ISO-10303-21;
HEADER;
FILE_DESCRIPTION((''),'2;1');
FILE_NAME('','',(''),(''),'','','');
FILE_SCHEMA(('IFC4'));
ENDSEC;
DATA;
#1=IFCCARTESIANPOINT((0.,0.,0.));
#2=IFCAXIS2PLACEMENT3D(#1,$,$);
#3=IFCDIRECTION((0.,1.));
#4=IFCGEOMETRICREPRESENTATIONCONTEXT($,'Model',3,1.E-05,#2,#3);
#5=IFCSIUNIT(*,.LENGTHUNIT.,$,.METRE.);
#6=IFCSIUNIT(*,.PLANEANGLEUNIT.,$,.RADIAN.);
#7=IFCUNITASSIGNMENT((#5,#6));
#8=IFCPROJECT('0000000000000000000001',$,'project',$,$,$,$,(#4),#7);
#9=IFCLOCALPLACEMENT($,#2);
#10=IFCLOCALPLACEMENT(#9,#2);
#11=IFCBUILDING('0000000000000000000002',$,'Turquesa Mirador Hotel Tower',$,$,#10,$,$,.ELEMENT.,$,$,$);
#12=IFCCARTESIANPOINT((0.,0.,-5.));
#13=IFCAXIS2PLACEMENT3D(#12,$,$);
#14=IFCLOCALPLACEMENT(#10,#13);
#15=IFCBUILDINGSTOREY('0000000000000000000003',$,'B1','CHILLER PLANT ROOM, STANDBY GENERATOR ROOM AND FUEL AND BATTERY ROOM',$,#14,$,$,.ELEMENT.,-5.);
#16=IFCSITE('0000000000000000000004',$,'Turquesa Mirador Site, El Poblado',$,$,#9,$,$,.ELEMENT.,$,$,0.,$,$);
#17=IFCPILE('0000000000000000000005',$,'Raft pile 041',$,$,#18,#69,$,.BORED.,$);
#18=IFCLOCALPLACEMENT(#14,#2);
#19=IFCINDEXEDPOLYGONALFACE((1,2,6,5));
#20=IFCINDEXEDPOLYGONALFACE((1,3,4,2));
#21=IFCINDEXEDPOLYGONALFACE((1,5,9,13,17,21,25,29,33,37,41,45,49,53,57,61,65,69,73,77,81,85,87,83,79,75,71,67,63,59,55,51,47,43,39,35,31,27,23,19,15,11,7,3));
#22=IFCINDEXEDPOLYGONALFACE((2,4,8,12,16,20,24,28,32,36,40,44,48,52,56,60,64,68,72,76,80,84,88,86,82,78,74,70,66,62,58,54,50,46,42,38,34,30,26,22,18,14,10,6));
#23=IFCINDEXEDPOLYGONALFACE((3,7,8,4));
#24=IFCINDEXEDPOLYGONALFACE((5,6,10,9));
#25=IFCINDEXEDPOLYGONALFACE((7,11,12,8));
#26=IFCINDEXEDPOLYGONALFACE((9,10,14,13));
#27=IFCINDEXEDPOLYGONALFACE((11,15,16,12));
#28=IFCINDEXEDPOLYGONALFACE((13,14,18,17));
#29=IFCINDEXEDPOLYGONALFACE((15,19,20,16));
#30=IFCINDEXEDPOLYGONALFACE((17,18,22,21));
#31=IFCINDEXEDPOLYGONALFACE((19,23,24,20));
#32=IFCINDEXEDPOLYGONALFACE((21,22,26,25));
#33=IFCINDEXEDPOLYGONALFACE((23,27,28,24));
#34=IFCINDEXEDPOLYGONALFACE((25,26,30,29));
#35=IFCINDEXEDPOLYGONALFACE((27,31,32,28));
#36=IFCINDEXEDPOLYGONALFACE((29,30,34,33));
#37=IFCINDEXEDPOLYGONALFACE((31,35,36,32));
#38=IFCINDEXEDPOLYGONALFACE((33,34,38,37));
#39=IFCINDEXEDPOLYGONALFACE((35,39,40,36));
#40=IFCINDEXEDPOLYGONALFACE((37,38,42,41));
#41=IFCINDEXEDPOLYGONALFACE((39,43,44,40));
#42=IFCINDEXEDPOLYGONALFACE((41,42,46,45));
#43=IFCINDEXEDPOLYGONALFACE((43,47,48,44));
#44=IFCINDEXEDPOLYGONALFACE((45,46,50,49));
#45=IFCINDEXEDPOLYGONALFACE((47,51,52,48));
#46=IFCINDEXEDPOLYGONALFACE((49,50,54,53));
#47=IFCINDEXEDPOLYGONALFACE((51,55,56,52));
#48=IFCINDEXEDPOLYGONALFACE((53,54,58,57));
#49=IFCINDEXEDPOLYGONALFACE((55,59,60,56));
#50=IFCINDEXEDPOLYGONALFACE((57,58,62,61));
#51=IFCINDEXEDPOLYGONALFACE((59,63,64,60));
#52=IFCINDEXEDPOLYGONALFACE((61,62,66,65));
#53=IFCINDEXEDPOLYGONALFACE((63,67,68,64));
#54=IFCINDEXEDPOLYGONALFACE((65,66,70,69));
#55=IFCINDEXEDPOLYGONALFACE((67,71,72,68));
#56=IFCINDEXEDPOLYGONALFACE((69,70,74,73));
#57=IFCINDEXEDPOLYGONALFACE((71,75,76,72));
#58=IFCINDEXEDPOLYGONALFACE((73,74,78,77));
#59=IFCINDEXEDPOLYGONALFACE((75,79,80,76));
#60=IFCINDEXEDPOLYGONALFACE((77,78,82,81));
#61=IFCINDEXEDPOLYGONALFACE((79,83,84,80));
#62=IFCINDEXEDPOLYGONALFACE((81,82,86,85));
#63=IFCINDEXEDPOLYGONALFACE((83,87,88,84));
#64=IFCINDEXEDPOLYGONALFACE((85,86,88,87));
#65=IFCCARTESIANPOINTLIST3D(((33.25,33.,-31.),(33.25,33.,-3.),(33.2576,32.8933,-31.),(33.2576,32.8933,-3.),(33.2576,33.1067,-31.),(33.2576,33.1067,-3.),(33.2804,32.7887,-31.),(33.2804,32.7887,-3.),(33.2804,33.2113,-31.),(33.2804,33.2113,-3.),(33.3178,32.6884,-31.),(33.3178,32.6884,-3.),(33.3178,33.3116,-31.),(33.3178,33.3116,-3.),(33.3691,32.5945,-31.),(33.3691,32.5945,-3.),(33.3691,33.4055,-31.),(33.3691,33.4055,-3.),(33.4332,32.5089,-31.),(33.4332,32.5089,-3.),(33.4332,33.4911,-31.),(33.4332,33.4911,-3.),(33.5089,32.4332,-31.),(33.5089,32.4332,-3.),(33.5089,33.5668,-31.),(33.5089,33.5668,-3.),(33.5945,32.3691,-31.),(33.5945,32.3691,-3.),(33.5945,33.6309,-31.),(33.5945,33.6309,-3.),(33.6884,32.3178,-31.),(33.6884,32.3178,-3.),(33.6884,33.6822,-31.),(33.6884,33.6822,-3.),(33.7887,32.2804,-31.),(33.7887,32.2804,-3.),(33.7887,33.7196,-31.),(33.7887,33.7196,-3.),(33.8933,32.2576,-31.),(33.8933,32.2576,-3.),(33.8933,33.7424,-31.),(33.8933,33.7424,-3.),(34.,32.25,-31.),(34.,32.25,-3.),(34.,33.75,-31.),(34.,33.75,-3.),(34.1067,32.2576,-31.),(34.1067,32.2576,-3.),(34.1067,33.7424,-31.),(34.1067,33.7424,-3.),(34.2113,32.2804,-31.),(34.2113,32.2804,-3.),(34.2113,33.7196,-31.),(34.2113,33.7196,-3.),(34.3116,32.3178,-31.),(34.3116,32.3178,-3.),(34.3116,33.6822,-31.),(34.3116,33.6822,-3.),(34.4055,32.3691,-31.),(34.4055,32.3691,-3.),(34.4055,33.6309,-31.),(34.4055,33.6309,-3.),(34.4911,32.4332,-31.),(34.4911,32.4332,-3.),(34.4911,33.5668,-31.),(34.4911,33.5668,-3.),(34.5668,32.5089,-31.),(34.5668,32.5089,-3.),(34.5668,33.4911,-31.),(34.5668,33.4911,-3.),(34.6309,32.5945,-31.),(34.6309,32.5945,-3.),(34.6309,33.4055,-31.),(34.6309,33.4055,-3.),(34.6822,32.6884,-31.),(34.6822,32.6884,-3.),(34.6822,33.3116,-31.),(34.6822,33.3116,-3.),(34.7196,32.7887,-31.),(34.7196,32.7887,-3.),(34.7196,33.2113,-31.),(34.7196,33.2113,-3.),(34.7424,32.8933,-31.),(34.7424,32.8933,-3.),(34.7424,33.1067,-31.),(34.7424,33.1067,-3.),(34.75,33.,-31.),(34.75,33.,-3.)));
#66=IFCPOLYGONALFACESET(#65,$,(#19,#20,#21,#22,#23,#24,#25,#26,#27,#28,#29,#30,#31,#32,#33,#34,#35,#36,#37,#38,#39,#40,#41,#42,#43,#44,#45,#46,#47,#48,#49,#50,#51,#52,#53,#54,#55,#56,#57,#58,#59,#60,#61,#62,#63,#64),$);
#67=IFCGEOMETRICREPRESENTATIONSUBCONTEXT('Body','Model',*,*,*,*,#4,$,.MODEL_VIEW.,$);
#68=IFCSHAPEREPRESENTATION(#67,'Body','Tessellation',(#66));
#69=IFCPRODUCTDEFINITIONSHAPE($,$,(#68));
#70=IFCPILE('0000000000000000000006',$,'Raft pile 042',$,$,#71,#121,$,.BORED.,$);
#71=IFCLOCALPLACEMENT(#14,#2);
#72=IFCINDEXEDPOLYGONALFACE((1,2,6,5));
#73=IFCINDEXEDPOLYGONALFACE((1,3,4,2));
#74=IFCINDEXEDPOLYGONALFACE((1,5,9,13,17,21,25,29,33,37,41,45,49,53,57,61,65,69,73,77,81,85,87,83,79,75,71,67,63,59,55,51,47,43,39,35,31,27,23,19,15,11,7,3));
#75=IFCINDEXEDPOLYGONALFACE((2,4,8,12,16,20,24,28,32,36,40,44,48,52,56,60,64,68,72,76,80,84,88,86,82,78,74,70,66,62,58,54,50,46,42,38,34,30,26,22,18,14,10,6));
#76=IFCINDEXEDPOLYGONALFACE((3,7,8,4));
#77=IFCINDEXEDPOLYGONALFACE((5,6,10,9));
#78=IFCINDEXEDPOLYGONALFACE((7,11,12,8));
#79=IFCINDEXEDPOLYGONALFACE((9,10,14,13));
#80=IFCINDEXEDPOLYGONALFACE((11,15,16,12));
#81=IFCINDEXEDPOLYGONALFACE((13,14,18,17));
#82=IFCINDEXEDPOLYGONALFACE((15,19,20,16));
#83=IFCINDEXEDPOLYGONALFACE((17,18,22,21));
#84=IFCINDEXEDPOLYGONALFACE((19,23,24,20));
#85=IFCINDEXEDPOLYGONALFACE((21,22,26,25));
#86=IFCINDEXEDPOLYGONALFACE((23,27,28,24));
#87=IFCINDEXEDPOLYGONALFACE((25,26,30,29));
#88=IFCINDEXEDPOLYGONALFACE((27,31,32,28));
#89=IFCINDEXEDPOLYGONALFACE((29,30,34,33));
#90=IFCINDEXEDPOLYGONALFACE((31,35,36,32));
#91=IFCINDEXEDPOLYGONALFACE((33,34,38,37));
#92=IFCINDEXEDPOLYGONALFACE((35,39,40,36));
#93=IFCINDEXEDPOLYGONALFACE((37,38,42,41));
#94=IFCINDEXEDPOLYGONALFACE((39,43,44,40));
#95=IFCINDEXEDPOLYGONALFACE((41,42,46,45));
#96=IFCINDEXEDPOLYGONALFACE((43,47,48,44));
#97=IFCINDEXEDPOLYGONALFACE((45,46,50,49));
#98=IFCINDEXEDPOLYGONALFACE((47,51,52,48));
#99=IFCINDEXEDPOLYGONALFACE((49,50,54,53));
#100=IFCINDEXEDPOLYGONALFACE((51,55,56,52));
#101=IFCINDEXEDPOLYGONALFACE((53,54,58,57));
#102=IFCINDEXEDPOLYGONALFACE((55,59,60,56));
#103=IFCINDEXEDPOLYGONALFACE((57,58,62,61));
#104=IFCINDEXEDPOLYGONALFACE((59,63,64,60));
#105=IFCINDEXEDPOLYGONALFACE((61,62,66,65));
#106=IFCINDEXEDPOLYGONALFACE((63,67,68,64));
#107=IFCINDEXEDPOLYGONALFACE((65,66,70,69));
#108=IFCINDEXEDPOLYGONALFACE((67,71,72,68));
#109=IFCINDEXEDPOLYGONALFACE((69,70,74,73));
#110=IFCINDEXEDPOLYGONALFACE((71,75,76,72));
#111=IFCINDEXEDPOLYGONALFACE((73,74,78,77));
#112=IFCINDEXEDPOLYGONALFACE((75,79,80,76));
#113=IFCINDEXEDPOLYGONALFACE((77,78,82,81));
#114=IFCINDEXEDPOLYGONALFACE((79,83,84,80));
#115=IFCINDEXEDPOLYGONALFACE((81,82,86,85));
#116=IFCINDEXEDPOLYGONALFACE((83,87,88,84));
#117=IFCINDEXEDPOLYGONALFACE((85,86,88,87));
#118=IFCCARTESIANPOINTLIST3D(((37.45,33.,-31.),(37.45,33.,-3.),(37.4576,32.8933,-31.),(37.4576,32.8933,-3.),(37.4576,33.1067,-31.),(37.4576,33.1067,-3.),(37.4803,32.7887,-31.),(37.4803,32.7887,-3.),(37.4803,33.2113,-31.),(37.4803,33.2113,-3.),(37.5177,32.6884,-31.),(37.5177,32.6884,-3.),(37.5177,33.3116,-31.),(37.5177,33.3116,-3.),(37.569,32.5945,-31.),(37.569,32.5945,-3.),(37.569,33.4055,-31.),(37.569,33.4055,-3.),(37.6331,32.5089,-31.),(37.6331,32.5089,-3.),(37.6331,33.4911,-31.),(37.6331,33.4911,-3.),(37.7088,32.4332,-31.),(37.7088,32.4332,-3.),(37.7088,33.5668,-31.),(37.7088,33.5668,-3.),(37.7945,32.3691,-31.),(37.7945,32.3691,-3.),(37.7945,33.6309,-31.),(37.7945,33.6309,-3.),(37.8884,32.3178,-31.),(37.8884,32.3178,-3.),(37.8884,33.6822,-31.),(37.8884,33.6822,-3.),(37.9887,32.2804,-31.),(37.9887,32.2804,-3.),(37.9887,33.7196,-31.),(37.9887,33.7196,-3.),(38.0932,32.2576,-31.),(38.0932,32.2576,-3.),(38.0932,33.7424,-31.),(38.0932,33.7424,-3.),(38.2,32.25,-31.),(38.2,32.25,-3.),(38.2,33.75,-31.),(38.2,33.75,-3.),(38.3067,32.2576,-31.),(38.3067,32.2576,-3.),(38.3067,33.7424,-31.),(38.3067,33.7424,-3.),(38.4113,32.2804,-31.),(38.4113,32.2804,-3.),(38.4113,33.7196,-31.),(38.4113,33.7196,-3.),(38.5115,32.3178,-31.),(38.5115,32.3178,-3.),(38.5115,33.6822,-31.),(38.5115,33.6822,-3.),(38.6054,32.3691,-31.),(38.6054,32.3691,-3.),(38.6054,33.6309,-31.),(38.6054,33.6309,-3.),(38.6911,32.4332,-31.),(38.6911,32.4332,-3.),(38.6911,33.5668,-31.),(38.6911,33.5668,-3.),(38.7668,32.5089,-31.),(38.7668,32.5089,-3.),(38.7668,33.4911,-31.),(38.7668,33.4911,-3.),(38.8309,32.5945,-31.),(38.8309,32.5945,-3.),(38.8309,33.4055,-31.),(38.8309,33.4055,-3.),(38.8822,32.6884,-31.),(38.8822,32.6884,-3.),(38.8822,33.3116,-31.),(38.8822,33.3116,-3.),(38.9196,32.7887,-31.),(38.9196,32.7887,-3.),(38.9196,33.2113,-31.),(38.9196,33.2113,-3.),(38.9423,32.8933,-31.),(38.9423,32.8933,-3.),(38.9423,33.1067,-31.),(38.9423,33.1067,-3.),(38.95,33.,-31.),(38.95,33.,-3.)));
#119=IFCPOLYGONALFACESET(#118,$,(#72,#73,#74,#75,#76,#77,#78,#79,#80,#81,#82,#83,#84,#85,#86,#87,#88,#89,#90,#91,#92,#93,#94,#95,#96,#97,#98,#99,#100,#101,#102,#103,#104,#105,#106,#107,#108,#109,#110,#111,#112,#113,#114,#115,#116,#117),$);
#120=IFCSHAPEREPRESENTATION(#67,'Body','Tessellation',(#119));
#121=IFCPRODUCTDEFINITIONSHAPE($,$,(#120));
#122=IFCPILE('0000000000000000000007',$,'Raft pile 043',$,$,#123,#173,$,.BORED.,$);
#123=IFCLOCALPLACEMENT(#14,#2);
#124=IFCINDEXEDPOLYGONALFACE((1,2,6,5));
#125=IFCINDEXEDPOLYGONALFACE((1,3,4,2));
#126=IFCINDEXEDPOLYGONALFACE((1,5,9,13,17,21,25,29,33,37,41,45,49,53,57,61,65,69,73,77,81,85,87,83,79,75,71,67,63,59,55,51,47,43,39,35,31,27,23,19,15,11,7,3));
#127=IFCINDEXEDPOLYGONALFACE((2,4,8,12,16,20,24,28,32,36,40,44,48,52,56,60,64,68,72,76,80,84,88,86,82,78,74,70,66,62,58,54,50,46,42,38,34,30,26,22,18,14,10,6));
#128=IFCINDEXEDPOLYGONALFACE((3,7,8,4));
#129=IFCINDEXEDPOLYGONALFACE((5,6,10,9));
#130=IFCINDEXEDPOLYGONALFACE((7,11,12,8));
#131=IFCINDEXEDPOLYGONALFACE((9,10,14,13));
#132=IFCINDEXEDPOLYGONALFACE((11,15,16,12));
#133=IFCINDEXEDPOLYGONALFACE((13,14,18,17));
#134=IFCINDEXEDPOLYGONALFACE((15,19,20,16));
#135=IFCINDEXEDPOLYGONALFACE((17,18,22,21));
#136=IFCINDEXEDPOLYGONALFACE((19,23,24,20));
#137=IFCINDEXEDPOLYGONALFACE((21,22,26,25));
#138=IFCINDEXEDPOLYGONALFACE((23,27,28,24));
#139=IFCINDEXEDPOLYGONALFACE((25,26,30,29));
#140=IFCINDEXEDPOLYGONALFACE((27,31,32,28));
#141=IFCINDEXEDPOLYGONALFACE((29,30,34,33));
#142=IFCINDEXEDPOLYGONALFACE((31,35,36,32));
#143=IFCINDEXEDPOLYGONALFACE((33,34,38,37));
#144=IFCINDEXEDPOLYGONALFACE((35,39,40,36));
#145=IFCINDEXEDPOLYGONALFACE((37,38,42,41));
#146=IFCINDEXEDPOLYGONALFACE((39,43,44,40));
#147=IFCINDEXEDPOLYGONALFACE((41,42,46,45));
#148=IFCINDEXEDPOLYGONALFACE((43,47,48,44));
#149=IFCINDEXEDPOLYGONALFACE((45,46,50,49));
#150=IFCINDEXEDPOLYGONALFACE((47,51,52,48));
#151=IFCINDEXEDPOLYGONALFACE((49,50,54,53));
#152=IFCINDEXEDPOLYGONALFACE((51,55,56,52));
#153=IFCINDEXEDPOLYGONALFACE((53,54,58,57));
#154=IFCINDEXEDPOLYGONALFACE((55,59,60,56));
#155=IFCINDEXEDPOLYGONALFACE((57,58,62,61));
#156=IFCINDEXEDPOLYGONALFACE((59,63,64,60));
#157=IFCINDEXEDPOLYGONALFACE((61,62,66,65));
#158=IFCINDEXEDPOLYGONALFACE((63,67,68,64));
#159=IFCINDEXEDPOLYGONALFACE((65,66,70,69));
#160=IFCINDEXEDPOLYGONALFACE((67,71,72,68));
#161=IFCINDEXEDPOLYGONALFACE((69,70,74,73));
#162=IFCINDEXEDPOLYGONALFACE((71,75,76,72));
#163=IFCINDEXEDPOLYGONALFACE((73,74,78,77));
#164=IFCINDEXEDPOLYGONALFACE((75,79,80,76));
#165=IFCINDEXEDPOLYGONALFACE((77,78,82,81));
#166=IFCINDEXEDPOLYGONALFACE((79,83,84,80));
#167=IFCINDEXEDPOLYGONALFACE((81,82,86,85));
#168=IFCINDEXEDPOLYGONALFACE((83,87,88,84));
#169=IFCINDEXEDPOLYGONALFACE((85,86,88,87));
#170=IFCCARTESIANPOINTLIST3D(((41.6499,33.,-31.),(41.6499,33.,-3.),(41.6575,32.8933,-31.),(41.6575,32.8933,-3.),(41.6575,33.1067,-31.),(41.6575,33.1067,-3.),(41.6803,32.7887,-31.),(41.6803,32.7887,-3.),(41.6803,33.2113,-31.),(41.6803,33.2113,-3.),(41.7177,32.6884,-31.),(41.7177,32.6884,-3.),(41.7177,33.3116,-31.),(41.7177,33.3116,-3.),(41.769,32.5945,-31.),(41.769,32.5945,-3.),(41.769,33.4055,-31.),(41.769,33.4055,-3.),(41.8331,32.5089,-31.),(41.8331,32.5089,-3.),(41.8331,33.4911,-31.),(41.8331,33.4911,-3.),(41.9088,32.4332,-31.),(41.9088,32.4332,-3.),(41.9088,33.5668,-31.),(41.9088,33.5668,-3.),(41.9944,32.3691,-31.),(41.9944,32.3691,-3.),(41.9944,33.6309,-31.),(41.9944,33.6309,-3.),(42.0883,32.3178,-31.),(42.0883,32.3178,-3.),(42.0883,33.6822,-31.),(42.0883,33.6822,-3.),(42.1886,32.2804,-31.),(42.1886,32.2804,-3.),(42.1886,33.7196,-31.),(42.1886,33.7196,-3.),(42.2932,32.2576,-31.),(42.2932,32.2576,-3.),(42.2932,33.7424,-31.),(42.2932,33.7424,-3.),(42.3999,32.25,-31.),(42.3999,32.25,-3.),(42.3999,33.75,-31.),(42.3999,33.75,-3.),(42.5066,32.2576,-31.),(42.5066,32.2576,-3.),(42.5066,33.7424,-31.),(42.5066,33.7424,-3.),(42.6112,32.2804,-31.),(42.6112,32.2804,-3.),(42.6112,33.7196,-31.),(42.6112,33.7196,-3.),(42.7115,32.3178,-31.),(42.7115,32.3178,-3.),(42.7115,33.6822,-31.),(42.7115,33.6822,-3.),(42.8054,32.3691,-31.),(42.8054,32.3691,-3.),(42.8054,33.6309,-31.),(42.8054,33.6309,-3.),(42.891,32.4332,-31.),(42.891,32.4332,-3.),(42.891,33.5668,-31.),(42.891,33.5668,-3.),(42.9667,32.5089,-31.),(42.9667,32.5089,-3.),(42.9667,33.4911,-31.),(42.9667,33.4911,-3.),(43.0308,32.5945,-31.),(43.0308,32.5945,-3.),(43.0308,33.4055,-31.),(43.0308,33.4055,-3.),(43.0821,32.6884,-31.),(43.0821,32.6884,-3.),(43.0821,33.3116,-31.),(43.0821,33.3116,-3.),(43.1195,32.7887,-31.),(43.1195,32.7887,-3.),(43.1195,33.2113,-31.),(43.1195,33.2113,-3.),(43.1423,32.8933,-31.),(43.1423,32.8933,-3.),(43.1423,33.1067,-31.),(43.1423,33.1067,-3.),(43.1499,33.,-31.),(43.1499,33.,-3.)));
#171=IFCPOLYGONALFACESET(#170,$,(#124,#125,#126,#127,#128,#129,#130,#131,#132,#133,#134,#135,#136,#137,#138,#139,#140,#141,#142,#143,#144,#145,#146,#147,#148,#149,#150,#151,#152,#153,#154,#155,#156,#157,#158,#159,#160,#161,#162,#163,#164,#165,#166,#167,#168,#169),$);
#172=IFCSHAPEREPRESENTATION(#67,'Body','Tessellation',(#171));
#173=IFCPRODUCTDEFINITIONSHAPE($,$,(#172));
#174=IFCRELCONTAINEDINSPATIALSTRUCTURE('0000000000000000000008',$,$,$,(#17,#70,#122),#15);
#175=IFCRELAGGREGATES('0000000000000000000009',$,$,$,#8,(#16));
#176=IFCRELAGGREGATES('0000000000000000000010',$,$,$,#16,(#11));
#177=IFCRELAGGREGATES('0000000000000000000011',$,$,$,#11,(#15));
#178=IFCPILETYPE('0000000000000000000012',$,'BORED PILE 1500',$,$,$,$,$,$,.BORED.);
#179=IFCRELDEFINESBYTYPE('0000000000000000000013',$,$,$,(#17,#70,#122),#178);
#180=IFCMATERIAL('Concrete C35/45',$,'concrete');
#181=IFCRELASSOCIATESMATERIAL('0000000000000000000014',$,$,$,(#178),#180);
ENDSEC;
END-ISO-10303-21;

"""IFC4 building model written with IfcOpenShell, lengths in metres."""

from ifc_helpers import new_model, si_unit, direction, frame, origin, origin_2d, place, context, subcontext, project, spatial, circle, extrude, material, type_object, element, save


model = new_model("IFC4")

# Units and contexts
model_context = context("Model", 3, precision=1e-05, world=origin(), true_north=direction((0.0, 1.0)))
body_context = subcontext(model_context, "Body", "Model", "MODEL_VIEW")
ifc_project = project(units=[si_unit("LENGTHUNIT", "METRE"), si_unit("PLANEANGLEUNIT", "RADIAN")], contexts=[model_context])

# Site, building, storey
site_placement = place(None, origin())
site = spatial("IfcSite", under=ifc_project, at=site_placement, Name="Turquesa Mirador Site, El Poblado", CompositionType="ELEMENT", RefElevation=0.0)
building_placement = place(site_placement, origin())
building = spatial("IfcBuilding", under=site, at=building_placement, Name="Turquesa Mirador Hotel Tower", CompositionType="ELEMENT")
storey_placement = place(building_placement, frame((0.0, 0.0, -5.0)))
storey = spatial("IfcBuildingStorey", under=building, at=storey_placement, Name="B1", Description="CHILLER PLANT ROOM, STANDBY GENERATOR ROOM AND FUEL AND BATTERY ROOM", CompositionType="ELEMENT", Elevation=-5.0)

# Piles
ifc_material_1 = material(Name="Concrete C35/45", Category="concrete")
pile_type = type_object("IfcPileType", Name="BORED PILE 1500", PredefinedType="BORED", material=ifc_material_1)
for number, where, z_axis, x_axis, name in (
    (1, (34.0, 33.0, -3.0), (0.0, 0.0, -1.0), (1.0, 0.0, 0.0), "Raft pile 041"),
    (2, (38.2, 33.0, -3.0), (0.0, 0.0, -1.0), (1.0, 0.0, 0.0), "Raft pile 042"),
    (3, (42.3999, 33.0, -3.0), (0.0, 0.0, -1.0), (1.0, 0.0, 0.0), "Raft pile 043"),
):
    element("IfcPile", number, at=place(storey_placement, frame(where, z_axis=z_axis, x_axis=x_axis)), inside=storey, type_object=pile_type, Name=name, PredefinedType="BORED", context=body_context, shape_type="SweptSolid", body=[
        extrude(circle(Radius=0.75, at=origin_2d()), origin(), (0.0, 0.0, 1.0), 28.0),
    ])

save(model, "model.ifc")
